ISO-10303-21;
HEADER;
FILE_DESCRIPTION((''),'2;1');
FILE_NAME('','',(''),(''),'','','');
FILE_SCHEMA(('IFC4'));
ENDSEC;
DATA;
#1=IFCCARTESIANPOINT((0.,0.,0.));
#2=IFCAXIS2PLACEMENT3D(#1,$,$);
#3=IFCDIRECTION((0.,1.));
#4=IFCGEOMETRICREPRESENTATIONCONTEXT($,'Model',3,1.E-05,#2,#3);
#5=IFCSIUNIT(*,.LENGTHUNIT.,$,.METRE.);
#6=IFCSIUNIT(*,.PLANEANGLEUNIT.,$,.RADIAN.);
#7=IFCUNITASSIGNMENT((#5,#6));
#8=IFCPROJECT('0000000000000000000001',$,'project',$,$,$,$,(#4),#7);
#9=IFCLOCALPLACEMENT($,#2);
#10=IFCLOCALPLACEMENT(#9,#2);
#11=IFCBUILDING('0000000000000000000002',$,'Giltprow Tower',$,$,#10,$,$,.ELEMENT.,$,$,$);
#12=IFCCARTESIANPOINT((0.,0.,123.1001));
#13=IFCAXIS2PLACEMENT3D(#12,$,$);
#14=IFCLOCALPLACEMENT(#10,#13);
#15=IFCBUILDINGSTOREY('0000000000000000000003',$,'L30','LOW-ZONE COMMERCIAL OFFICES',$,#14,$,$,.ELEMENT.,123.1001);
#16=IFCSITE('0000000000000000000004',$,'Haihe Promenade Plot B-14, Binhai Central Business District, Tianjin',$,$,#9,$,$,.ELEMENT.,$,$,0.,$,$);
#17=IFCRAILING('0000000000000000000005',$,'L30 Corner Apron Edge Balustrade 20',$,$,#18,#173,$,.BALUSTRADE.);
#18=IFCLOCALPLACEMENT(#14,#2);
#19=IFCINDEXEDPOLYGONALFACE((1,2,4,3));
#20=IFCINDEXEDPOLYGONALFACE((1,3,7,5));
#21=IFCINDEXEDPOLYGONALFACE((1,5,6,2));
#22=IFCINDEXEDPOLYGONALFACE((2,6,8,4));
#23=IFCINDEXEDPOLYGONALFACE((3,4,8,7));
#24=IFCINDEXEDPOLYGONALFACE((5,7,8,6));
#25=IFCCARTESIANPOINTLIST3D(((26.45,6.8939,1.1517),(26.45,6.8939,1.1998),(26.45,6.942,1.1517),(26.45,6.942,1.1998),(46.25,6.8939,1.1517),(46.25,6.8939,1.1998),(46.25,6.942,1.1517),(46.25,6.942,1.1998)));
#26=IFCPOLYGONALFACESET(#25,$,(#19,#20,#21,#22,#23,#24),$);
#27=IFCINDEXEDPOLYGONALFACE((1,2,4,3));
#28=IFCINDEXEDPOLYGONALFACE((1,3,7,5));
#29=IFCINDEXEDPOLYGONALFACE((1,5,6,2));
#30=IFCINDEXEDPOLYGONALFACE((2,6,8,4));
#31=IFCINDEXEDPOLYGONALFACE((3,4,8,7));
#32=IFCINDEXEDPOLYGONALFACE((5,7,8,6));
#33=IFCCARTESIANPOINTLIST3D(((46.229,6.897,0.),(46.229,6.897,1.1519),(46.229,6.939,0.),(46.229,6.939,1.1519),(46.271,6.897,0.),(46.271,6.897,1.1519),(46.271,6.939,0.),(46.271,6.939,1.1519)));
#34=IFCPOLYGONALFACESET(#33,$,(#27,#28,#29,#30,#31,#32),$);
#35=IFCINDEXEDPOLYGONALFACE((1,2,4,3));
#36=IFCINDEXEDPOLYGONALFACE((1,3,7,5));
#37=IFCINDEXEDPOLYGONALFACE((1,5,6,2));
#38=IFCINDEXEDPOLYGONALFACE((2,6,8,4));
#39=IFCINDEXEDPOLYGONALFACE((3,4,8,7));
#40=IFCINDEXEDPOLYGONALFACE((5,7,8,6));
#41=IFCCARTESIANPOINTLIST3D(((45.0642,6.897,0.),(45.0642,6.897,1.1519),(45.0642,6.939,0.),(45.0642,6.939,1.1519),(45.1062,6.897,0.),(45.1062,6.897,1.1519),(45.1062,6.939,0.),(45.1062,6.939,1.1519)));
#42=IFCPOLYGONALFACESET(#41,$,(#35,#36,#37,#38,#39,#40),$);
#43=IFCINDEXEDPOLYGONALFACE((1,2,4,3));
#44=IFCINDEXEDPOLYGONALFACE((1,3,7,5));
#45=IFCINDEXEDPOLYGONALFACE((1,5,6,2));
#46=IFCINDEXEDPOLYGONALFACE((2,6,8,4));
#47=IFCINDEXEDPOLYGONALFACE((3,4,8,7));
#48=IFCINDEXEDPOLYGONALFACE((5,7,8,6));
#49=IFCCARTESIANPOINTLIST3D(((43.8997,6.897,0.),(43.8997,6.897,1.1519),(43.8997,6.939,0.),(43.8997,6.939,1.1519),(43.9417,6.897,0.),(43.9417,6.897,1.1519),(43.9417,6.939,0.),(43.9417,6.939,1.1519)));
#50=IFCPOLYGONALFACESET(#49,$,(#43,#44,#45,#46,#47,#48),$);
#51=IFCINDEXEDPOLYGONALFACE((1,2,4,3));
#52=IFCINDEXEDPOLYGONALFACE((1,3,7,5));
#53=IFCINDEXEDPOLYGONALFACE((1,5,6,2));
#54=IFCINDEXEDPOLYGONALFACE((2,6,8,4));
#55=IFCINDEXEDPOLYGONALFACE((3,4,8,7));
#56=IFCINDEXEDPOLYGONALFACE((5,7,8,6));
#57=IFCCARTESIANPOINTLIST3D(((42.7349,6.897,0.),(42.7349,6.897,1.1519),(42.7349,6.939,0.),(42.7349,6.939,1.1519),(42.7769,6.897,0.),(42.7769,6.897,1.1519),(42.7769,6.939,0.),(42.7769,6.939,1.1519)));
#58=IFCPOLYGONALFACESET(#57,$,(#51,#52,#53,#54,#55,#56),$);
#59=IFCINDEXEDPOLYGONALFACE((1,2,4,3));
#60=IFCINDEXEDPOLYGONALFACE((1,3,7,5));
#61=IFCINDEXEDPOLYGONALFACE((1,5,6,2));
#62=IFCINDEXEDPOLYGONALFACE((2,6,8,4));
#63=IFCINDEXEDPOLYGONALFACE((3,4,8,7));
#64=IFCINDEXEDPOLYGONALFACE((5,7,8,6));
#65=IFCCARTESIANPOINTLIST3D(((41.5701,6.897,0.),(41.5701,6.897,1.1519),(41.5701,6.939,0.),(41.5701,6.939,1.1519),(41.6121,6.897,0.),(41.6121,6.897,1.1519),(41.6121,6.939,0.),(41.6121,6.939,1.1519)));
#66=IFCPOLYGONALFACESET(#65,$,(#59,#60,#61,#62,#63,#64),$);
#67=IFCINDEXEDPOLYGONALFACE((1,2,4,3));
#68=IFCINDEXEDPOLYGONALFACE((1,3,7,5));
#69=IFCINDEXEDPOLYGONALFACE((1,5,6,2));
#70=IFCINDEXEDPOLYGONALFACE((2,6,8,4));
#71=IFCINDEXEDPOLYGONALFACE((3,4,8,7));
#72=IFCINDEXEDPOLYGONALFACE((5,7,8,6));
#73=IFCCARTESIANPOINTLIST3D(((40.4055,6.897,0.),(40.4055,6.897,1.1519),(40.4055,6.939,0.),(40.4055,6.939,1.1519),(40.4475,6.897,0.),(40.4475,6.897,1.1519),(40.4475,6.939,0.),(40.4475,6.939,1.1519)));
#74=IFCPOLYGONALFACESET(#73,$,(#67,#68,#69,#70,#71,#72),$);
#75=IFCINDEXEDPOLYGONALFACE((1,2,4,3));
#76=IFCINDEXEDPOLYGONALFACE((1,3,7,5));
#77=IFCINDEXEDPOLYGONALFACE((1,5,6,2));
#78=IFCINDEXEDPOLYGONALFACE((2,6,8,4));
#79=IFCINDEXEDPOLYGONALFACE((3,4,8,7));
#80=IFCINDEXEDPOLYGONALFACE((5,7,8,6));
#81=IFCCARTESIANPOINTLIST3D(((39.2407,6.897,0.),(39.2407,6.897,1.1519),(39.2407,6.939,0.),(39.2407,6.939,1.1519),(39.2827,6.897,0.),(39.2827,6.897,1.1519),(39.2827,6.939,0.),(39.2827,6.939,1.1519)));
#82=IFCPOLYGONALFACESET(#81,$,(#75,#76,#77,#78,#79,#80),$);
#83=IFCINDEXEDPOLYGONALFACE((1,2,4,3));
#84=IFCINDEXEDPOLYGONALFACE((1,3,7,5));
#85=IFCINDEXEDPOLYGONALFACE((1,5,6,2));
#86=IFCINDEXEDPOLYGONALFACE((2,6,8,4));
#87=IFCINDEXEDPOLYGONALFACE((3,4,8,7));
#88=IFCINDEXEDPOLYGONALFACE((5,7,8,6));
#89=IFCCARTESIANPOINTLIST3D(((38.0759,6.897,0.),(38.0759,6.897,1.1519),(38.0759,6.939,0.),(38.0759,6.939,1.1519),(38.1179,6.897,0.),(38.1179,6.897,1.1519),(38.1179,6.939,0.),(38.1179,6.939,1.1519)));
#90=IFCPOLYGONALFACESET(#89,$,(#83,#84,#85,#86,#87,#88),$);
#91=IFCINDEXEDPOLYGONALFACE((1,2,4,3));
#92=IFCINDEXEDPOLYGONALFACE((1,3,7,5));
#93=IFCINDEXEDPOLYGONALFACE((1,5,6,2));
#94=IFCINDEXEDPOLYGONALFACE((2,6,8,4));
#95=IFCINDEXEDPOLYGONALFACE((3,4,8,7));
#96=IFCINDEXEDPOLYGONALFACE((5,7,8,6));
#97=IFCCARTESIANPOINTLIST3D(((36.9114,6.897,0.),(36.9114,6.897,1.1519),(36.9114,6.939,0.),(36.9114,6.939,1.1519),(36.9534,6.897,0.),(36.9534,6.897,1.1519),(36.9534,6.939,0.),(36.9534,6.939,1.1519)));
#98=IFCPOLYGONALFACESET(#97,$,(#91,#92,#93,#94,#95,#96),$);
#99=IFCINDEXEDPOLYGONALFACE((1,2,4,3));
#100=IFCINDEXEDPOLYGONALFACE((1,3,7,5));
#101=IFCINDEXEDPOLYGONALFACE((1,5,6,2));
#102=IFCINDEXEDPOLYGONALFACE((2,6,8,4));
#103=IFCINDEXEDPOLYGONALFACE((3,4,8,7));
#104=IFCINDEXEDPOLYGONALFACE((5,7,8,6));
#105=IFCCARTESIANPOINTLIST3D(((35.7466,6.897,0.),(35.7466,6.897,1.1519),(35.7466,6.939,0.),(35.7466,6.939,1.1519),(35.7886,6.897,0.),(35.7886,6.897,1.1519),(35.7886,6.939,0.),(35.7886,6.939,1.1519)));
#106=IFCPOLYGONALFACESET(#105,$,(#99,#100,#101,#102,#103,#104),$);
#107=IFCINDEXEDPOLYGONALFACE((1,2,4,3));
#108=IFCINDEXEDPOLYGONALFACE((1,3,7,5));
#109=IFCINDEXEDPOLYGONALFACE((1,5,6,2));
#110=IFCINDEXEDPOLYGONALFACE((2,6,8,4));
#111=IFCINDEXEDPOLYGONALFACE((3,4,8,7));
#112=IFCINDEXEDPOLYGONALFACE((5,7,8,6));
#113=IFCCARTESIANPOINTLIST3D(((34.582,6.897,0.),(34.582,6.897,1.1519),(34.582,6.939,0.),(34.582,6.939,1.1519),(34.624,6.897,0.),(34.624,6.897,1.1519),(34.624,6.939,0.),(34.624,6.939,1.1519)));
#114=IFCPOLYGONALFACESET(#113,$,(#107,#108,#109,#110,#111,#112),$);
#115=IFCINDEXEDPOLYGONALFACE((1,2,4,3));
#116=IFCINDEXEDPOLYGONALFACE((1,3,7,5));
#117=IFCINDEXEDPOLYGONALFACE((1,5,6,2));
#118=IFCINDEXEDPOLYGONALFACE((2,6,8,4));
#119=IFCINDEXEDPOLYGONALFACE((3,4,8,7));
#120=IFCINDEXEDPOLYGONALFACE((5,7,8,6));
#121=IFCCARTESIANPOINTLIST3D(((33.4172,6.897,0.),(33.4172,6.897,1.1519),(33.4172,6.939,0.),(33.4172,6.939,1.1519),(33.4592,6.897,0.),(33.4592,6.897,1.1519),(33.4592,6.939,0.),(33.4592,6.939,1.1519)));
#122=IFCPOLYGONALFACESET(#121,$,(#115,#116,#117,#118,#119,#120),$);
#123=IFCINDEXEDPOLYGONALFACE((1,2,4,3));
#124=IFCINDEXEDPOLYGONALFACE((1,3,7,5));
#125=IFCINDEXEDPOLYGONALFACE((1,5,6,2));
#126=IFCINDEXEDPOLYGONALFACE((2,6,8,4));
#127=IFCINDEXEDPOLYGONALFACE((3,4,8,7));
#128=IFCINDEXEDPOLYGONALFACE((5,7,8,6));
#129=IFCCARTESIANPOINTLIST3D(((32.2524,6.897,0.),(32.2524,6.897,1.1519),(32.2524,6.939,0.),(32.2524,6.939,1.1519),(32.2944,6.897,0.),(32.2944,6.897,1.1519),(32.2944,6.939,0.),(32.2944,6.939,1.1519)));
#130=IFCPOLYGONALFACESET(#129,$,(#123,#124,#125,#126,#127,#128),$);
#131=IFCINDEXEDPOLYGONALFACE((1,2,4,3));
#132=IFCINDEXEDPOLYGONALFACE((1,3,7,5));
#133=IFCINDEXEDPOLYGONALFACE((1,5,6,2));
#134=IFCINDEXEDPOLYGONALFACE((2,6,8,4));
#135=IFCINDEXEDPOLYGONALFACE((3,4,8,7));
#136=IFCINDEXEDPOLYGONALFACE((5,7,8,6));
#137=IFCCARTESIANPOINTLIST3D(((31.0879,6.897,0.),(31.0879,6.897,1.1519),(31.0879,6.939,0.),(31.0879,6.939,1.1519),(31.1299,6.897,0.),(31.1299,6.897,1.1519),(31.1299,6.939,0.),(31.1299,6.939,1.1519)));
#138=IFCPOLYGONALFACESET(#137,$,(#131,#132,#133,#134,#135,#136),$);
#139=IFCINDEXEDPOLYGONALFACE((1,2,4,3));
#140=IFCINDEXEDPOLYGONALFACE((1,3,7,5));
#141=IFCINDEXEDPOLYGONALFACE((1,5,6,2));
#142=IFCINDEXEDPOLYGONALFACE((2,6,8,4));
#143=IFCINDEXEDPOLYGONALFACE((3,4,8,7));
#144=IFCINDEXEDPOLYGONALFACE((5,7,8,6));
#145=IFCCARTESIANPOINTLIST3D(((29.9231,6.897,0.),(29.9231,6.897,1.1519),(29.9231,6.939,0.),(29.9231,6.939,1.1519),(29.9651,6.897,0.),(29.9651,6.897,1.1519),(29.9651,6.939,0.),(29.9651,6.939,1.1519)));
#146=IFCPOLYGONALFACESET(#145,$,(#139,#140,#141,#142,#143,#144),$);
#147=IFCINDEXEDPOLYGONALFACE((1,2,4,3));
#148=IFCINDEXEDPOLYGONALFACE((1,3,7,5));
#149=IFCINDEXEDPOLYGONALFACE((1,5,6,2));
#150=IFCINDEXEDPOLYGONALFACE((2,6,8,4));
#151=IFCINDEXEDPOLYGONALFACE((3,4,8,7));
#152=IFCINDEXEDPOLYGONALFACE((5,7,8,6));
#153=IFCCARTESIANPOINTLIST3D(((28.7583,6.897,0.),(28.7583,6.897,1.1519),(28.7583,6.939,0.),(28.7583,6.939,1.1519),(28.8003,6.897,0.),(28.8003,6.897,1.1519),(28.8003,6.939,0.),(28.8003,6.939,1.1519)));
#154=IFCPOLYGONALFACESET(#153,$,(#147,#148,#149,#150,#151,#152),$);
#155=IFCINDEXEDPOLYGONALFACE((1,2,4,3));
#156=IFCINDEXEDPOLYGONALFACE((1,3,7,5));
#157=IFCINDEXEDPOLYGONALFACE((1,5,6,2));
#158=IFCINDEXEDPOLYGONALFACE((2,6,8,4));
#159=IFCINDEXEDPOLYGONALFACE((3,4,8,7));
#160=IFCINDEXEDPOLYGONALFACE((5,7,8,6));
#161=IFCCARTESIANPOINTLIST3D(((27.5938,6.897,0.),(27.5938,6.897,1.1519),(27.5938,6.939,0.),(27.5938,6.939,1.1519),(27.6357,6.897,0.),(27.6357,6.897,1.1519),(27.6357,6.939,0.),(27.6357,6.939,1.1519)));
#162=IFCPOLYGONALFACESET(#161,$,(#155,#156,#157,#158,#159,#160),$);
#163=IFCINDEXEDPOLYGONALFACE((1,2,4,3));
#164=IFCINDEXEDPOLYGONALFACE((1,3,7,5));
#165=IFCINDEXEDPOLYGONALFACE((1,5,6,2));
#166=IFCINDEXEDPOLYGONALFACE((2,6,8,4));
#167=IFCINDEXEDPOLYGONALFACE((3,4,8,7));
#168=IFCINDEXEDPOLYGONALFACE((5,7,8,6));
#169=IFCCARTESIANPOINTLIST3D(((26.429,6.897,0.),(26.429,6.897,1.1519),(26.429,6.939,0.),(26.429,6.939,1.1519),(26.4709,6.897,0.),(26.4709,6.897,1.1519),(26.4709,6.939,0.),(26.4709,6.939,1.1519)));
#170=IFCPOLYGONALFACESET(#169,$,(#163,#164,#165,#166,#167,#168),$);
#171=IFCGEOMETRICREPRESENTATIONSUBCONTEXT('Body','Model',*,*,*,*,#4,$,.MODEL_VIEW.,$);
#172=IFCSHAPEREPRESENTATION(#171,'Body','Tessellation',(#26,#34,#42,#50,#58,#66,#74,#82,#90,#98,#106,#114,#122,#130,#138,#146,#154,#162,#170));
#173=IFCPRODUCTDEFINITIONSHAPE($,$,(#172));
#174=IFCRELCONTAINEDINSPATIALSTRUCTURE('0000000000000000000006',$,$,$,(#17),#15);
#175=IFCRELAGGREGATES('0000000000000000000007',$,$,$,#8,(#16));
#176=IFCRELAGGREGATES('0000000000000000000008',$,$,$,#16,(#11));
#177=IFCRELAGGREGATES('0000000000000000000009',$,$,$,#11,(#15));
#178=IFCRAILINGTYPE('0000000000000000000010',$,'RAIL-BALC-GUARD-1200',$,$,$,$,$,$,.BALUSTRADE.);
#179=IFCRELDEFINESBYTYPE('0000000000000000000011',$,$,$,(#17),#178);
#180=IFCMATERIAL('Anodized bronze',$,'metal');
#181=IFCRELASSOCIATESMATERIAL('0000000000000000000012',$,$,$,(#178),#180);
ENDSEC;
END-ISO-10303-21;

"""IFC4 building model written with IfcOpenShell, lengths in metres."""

from ifc_helpers import new_model, si_unit, direction, frame, origin, origin_2d, place, context, subcontext, project, spatial, rectangle, extrude, material, type_object, element, save


model = new_model("IFC4")

# Units and contexts
model_context = context("Model", 3, precision=1e-05, world=origin(), true_north=direction((0.0, 1.0)))
body_context = subcontext(model_context, "Body", "Model", "MODEL_VIEW")
ifc_project = project(units=[si_unit("LENGTHUNIT", "METRE"), si_unit("PLANEANGLEUNIT", "RADIAN")], contexts=[model_context])

# Site, building, storey
site_placement = place(None, origin())
site = spatial("IfcSite", under=ifc_project, at=site_placement, Name="Haihe Promenade Plot B-14, Binhai Central Business District, Tianjin", CompositionType="ELEMENT", RefElevation=0.0)
building_placement = place(site_placement, origin())
building = spatial("IfcBuilding", under=site, at=building_placement, Name="Giltprow Tower", CompositionType="ELEMENT")
storey_placement = place(building_placement, frame((0.0, 0.0, 123.1001)))
storey = spatial("IfcBuildingStorey", under=building, at=storey_placement, Name="L30", Description="LOW-ZONE COMMERCIAL OFFICES", CompositionType="ELEMENT", Elevation=123.1001)

# Shared definitions
ifc_material_1 = material(Name="Anodized bronze", Category="metal")

# Railing
railing_type = type_object("IfcRailingType", Name="RAIL-BALC-GUARD-1200", PredefinedType="BALUSTRADE", material=ifc_material_1)
railing_1_placement = place(storey_placement, frame((46.25, 6.918, 0.0)))
element("IfcRailing", 1, at=railing_1_placement, inside=storey, type_object=railing_type, Name="L30 Corner Apron Edge Balustrade 20", PredefinedType="BALUSTRADE", context=body_context, shape_type="SweptSolid", body=[
    extrude(rectangle(XDim=0.0481, YDim=0.0481, at=origin_2d()), frame((0.0, 0.0, 1.1758), z_axis=(-1.0, 0.0, 0.0), x_axis=(0.0, -1.0, 0.0)), (0.0, 0.0, 1.0), 19.8),
    extrude(rectangle(XDim=0.042, YDim=0.042, at=origin_2d()), origin(), (0.0, 0.0, 1.0), 1.1519),
    extrude(rectangle(XDim=0.042, YDim=0.042, at=origin_2d()), frame((-1.1648, 0.0, 0.0)), (0.0, 0.0, 1.0), 1.1519),
    extrude(rectangle(XDim=0.042, YDim=0.042, at=origin_2d()), frame((-2.3293, 0.0, 0.0)), (0.0, 0.0, 1.0), 1.1519),
    extrude(rectangle(XDim=0.042, YDim=0.042, at=origin_2d()), frame((-3.4941, 0.0, 0.0)), (0.0, 0.0, 1.0), 1.1519),
    extrude(rectangle(XDim=0.042, YDim=0.042, at=origin_2d()), frame((-4.6589, 0.0, 0.0)), (0.0, 0.0, 1.0), 1.1519),
    extrude(rectangle(XDim=0.042, YDim=0.042, at=origin_2d()), frame((-5.8235, 0.0, 0.0)), (0.0, 0.0, 1.0), 1.1519),
    extrude(rectangle(XDim=0.042, YDim=0.042, at=origin_2d()), frame((-6.9883, 0.0, 0.0)), (0.0, 0.0, 1.0), 1.1519),
    extrude(rectangle(XDim=0.042, YDim=0.042, at=origin_2d()), frame((-8.1531, 0.0, 0.0)), (0.0, 0.0, 1.0), 1.1519),
    extrude(rectangle(XDim=0.042, YDim=0.042, at=origin_2d()), frame((-9.3176, 0.0, 0.0)), (0.0, 0.0, 1.0), 1.1519),
    extrude(rectangle(XDim=0.042, YDim=0.042, at=origin_2d()), frame((-10.4824, 0.0, 0.0)), (0.0, 0.0, 1.0), 1.1519),
    extrude(rectangle(XDim=0.042, YDim=0.042, at=origin_2d()), frame((-11.647, 0.0, 0.0)), (0.0, 0.0, 1.0), 1.1519),
    extrude(rectangle(XDim=0.042, YDim=0.042, at=origin_2d()), frame((-12.8118, 0.0, 0.0)), (0.0, 0.0, 1.0), 1.1519),
    extrude(rectangle(XDim=0.042, YDim=0.042, at=origin_2d()), frame((-13.9766, 0.0, 0.0)), (0.0, 0.0, 1.0), 1.1519),
    extrude(rectangle(XDim=0.042, YDim=0.042, at=origin_2d()), frame((-15.1411, 0.0, 0.0)), (0.0, 0.0, 1.0), 1.1519),
    extrude(rectangle(XDim=0.042, YDim=0.042, at=origin_2d()), frame((-16.3059, 0.0, 0.0)), (0.0, 0.0, 1.0), 1.1519),
    extrude(rectangle(XDim=0.042, YDim=0.042, at=origin_2d()), frame((-17.4707, 0.0, 0.0)), (0.0, 0.0, 1.0), 1.1519),
    extrude(rectangle(XDim=0.042, YDim=0.042, at=origin_2d()), frame((-18.6353, 0.0, 0.0)), (0.0, 0.0, 1.0), 1.1519),
    extrude(rectangle(XDim=0.042, YDim=0.042, at=origin_2d()), frame((-19.8, 0.0, 0.0)), (0.0, 0.0, 1.0), 1.1519),
])

save(model, "model.ifc")
